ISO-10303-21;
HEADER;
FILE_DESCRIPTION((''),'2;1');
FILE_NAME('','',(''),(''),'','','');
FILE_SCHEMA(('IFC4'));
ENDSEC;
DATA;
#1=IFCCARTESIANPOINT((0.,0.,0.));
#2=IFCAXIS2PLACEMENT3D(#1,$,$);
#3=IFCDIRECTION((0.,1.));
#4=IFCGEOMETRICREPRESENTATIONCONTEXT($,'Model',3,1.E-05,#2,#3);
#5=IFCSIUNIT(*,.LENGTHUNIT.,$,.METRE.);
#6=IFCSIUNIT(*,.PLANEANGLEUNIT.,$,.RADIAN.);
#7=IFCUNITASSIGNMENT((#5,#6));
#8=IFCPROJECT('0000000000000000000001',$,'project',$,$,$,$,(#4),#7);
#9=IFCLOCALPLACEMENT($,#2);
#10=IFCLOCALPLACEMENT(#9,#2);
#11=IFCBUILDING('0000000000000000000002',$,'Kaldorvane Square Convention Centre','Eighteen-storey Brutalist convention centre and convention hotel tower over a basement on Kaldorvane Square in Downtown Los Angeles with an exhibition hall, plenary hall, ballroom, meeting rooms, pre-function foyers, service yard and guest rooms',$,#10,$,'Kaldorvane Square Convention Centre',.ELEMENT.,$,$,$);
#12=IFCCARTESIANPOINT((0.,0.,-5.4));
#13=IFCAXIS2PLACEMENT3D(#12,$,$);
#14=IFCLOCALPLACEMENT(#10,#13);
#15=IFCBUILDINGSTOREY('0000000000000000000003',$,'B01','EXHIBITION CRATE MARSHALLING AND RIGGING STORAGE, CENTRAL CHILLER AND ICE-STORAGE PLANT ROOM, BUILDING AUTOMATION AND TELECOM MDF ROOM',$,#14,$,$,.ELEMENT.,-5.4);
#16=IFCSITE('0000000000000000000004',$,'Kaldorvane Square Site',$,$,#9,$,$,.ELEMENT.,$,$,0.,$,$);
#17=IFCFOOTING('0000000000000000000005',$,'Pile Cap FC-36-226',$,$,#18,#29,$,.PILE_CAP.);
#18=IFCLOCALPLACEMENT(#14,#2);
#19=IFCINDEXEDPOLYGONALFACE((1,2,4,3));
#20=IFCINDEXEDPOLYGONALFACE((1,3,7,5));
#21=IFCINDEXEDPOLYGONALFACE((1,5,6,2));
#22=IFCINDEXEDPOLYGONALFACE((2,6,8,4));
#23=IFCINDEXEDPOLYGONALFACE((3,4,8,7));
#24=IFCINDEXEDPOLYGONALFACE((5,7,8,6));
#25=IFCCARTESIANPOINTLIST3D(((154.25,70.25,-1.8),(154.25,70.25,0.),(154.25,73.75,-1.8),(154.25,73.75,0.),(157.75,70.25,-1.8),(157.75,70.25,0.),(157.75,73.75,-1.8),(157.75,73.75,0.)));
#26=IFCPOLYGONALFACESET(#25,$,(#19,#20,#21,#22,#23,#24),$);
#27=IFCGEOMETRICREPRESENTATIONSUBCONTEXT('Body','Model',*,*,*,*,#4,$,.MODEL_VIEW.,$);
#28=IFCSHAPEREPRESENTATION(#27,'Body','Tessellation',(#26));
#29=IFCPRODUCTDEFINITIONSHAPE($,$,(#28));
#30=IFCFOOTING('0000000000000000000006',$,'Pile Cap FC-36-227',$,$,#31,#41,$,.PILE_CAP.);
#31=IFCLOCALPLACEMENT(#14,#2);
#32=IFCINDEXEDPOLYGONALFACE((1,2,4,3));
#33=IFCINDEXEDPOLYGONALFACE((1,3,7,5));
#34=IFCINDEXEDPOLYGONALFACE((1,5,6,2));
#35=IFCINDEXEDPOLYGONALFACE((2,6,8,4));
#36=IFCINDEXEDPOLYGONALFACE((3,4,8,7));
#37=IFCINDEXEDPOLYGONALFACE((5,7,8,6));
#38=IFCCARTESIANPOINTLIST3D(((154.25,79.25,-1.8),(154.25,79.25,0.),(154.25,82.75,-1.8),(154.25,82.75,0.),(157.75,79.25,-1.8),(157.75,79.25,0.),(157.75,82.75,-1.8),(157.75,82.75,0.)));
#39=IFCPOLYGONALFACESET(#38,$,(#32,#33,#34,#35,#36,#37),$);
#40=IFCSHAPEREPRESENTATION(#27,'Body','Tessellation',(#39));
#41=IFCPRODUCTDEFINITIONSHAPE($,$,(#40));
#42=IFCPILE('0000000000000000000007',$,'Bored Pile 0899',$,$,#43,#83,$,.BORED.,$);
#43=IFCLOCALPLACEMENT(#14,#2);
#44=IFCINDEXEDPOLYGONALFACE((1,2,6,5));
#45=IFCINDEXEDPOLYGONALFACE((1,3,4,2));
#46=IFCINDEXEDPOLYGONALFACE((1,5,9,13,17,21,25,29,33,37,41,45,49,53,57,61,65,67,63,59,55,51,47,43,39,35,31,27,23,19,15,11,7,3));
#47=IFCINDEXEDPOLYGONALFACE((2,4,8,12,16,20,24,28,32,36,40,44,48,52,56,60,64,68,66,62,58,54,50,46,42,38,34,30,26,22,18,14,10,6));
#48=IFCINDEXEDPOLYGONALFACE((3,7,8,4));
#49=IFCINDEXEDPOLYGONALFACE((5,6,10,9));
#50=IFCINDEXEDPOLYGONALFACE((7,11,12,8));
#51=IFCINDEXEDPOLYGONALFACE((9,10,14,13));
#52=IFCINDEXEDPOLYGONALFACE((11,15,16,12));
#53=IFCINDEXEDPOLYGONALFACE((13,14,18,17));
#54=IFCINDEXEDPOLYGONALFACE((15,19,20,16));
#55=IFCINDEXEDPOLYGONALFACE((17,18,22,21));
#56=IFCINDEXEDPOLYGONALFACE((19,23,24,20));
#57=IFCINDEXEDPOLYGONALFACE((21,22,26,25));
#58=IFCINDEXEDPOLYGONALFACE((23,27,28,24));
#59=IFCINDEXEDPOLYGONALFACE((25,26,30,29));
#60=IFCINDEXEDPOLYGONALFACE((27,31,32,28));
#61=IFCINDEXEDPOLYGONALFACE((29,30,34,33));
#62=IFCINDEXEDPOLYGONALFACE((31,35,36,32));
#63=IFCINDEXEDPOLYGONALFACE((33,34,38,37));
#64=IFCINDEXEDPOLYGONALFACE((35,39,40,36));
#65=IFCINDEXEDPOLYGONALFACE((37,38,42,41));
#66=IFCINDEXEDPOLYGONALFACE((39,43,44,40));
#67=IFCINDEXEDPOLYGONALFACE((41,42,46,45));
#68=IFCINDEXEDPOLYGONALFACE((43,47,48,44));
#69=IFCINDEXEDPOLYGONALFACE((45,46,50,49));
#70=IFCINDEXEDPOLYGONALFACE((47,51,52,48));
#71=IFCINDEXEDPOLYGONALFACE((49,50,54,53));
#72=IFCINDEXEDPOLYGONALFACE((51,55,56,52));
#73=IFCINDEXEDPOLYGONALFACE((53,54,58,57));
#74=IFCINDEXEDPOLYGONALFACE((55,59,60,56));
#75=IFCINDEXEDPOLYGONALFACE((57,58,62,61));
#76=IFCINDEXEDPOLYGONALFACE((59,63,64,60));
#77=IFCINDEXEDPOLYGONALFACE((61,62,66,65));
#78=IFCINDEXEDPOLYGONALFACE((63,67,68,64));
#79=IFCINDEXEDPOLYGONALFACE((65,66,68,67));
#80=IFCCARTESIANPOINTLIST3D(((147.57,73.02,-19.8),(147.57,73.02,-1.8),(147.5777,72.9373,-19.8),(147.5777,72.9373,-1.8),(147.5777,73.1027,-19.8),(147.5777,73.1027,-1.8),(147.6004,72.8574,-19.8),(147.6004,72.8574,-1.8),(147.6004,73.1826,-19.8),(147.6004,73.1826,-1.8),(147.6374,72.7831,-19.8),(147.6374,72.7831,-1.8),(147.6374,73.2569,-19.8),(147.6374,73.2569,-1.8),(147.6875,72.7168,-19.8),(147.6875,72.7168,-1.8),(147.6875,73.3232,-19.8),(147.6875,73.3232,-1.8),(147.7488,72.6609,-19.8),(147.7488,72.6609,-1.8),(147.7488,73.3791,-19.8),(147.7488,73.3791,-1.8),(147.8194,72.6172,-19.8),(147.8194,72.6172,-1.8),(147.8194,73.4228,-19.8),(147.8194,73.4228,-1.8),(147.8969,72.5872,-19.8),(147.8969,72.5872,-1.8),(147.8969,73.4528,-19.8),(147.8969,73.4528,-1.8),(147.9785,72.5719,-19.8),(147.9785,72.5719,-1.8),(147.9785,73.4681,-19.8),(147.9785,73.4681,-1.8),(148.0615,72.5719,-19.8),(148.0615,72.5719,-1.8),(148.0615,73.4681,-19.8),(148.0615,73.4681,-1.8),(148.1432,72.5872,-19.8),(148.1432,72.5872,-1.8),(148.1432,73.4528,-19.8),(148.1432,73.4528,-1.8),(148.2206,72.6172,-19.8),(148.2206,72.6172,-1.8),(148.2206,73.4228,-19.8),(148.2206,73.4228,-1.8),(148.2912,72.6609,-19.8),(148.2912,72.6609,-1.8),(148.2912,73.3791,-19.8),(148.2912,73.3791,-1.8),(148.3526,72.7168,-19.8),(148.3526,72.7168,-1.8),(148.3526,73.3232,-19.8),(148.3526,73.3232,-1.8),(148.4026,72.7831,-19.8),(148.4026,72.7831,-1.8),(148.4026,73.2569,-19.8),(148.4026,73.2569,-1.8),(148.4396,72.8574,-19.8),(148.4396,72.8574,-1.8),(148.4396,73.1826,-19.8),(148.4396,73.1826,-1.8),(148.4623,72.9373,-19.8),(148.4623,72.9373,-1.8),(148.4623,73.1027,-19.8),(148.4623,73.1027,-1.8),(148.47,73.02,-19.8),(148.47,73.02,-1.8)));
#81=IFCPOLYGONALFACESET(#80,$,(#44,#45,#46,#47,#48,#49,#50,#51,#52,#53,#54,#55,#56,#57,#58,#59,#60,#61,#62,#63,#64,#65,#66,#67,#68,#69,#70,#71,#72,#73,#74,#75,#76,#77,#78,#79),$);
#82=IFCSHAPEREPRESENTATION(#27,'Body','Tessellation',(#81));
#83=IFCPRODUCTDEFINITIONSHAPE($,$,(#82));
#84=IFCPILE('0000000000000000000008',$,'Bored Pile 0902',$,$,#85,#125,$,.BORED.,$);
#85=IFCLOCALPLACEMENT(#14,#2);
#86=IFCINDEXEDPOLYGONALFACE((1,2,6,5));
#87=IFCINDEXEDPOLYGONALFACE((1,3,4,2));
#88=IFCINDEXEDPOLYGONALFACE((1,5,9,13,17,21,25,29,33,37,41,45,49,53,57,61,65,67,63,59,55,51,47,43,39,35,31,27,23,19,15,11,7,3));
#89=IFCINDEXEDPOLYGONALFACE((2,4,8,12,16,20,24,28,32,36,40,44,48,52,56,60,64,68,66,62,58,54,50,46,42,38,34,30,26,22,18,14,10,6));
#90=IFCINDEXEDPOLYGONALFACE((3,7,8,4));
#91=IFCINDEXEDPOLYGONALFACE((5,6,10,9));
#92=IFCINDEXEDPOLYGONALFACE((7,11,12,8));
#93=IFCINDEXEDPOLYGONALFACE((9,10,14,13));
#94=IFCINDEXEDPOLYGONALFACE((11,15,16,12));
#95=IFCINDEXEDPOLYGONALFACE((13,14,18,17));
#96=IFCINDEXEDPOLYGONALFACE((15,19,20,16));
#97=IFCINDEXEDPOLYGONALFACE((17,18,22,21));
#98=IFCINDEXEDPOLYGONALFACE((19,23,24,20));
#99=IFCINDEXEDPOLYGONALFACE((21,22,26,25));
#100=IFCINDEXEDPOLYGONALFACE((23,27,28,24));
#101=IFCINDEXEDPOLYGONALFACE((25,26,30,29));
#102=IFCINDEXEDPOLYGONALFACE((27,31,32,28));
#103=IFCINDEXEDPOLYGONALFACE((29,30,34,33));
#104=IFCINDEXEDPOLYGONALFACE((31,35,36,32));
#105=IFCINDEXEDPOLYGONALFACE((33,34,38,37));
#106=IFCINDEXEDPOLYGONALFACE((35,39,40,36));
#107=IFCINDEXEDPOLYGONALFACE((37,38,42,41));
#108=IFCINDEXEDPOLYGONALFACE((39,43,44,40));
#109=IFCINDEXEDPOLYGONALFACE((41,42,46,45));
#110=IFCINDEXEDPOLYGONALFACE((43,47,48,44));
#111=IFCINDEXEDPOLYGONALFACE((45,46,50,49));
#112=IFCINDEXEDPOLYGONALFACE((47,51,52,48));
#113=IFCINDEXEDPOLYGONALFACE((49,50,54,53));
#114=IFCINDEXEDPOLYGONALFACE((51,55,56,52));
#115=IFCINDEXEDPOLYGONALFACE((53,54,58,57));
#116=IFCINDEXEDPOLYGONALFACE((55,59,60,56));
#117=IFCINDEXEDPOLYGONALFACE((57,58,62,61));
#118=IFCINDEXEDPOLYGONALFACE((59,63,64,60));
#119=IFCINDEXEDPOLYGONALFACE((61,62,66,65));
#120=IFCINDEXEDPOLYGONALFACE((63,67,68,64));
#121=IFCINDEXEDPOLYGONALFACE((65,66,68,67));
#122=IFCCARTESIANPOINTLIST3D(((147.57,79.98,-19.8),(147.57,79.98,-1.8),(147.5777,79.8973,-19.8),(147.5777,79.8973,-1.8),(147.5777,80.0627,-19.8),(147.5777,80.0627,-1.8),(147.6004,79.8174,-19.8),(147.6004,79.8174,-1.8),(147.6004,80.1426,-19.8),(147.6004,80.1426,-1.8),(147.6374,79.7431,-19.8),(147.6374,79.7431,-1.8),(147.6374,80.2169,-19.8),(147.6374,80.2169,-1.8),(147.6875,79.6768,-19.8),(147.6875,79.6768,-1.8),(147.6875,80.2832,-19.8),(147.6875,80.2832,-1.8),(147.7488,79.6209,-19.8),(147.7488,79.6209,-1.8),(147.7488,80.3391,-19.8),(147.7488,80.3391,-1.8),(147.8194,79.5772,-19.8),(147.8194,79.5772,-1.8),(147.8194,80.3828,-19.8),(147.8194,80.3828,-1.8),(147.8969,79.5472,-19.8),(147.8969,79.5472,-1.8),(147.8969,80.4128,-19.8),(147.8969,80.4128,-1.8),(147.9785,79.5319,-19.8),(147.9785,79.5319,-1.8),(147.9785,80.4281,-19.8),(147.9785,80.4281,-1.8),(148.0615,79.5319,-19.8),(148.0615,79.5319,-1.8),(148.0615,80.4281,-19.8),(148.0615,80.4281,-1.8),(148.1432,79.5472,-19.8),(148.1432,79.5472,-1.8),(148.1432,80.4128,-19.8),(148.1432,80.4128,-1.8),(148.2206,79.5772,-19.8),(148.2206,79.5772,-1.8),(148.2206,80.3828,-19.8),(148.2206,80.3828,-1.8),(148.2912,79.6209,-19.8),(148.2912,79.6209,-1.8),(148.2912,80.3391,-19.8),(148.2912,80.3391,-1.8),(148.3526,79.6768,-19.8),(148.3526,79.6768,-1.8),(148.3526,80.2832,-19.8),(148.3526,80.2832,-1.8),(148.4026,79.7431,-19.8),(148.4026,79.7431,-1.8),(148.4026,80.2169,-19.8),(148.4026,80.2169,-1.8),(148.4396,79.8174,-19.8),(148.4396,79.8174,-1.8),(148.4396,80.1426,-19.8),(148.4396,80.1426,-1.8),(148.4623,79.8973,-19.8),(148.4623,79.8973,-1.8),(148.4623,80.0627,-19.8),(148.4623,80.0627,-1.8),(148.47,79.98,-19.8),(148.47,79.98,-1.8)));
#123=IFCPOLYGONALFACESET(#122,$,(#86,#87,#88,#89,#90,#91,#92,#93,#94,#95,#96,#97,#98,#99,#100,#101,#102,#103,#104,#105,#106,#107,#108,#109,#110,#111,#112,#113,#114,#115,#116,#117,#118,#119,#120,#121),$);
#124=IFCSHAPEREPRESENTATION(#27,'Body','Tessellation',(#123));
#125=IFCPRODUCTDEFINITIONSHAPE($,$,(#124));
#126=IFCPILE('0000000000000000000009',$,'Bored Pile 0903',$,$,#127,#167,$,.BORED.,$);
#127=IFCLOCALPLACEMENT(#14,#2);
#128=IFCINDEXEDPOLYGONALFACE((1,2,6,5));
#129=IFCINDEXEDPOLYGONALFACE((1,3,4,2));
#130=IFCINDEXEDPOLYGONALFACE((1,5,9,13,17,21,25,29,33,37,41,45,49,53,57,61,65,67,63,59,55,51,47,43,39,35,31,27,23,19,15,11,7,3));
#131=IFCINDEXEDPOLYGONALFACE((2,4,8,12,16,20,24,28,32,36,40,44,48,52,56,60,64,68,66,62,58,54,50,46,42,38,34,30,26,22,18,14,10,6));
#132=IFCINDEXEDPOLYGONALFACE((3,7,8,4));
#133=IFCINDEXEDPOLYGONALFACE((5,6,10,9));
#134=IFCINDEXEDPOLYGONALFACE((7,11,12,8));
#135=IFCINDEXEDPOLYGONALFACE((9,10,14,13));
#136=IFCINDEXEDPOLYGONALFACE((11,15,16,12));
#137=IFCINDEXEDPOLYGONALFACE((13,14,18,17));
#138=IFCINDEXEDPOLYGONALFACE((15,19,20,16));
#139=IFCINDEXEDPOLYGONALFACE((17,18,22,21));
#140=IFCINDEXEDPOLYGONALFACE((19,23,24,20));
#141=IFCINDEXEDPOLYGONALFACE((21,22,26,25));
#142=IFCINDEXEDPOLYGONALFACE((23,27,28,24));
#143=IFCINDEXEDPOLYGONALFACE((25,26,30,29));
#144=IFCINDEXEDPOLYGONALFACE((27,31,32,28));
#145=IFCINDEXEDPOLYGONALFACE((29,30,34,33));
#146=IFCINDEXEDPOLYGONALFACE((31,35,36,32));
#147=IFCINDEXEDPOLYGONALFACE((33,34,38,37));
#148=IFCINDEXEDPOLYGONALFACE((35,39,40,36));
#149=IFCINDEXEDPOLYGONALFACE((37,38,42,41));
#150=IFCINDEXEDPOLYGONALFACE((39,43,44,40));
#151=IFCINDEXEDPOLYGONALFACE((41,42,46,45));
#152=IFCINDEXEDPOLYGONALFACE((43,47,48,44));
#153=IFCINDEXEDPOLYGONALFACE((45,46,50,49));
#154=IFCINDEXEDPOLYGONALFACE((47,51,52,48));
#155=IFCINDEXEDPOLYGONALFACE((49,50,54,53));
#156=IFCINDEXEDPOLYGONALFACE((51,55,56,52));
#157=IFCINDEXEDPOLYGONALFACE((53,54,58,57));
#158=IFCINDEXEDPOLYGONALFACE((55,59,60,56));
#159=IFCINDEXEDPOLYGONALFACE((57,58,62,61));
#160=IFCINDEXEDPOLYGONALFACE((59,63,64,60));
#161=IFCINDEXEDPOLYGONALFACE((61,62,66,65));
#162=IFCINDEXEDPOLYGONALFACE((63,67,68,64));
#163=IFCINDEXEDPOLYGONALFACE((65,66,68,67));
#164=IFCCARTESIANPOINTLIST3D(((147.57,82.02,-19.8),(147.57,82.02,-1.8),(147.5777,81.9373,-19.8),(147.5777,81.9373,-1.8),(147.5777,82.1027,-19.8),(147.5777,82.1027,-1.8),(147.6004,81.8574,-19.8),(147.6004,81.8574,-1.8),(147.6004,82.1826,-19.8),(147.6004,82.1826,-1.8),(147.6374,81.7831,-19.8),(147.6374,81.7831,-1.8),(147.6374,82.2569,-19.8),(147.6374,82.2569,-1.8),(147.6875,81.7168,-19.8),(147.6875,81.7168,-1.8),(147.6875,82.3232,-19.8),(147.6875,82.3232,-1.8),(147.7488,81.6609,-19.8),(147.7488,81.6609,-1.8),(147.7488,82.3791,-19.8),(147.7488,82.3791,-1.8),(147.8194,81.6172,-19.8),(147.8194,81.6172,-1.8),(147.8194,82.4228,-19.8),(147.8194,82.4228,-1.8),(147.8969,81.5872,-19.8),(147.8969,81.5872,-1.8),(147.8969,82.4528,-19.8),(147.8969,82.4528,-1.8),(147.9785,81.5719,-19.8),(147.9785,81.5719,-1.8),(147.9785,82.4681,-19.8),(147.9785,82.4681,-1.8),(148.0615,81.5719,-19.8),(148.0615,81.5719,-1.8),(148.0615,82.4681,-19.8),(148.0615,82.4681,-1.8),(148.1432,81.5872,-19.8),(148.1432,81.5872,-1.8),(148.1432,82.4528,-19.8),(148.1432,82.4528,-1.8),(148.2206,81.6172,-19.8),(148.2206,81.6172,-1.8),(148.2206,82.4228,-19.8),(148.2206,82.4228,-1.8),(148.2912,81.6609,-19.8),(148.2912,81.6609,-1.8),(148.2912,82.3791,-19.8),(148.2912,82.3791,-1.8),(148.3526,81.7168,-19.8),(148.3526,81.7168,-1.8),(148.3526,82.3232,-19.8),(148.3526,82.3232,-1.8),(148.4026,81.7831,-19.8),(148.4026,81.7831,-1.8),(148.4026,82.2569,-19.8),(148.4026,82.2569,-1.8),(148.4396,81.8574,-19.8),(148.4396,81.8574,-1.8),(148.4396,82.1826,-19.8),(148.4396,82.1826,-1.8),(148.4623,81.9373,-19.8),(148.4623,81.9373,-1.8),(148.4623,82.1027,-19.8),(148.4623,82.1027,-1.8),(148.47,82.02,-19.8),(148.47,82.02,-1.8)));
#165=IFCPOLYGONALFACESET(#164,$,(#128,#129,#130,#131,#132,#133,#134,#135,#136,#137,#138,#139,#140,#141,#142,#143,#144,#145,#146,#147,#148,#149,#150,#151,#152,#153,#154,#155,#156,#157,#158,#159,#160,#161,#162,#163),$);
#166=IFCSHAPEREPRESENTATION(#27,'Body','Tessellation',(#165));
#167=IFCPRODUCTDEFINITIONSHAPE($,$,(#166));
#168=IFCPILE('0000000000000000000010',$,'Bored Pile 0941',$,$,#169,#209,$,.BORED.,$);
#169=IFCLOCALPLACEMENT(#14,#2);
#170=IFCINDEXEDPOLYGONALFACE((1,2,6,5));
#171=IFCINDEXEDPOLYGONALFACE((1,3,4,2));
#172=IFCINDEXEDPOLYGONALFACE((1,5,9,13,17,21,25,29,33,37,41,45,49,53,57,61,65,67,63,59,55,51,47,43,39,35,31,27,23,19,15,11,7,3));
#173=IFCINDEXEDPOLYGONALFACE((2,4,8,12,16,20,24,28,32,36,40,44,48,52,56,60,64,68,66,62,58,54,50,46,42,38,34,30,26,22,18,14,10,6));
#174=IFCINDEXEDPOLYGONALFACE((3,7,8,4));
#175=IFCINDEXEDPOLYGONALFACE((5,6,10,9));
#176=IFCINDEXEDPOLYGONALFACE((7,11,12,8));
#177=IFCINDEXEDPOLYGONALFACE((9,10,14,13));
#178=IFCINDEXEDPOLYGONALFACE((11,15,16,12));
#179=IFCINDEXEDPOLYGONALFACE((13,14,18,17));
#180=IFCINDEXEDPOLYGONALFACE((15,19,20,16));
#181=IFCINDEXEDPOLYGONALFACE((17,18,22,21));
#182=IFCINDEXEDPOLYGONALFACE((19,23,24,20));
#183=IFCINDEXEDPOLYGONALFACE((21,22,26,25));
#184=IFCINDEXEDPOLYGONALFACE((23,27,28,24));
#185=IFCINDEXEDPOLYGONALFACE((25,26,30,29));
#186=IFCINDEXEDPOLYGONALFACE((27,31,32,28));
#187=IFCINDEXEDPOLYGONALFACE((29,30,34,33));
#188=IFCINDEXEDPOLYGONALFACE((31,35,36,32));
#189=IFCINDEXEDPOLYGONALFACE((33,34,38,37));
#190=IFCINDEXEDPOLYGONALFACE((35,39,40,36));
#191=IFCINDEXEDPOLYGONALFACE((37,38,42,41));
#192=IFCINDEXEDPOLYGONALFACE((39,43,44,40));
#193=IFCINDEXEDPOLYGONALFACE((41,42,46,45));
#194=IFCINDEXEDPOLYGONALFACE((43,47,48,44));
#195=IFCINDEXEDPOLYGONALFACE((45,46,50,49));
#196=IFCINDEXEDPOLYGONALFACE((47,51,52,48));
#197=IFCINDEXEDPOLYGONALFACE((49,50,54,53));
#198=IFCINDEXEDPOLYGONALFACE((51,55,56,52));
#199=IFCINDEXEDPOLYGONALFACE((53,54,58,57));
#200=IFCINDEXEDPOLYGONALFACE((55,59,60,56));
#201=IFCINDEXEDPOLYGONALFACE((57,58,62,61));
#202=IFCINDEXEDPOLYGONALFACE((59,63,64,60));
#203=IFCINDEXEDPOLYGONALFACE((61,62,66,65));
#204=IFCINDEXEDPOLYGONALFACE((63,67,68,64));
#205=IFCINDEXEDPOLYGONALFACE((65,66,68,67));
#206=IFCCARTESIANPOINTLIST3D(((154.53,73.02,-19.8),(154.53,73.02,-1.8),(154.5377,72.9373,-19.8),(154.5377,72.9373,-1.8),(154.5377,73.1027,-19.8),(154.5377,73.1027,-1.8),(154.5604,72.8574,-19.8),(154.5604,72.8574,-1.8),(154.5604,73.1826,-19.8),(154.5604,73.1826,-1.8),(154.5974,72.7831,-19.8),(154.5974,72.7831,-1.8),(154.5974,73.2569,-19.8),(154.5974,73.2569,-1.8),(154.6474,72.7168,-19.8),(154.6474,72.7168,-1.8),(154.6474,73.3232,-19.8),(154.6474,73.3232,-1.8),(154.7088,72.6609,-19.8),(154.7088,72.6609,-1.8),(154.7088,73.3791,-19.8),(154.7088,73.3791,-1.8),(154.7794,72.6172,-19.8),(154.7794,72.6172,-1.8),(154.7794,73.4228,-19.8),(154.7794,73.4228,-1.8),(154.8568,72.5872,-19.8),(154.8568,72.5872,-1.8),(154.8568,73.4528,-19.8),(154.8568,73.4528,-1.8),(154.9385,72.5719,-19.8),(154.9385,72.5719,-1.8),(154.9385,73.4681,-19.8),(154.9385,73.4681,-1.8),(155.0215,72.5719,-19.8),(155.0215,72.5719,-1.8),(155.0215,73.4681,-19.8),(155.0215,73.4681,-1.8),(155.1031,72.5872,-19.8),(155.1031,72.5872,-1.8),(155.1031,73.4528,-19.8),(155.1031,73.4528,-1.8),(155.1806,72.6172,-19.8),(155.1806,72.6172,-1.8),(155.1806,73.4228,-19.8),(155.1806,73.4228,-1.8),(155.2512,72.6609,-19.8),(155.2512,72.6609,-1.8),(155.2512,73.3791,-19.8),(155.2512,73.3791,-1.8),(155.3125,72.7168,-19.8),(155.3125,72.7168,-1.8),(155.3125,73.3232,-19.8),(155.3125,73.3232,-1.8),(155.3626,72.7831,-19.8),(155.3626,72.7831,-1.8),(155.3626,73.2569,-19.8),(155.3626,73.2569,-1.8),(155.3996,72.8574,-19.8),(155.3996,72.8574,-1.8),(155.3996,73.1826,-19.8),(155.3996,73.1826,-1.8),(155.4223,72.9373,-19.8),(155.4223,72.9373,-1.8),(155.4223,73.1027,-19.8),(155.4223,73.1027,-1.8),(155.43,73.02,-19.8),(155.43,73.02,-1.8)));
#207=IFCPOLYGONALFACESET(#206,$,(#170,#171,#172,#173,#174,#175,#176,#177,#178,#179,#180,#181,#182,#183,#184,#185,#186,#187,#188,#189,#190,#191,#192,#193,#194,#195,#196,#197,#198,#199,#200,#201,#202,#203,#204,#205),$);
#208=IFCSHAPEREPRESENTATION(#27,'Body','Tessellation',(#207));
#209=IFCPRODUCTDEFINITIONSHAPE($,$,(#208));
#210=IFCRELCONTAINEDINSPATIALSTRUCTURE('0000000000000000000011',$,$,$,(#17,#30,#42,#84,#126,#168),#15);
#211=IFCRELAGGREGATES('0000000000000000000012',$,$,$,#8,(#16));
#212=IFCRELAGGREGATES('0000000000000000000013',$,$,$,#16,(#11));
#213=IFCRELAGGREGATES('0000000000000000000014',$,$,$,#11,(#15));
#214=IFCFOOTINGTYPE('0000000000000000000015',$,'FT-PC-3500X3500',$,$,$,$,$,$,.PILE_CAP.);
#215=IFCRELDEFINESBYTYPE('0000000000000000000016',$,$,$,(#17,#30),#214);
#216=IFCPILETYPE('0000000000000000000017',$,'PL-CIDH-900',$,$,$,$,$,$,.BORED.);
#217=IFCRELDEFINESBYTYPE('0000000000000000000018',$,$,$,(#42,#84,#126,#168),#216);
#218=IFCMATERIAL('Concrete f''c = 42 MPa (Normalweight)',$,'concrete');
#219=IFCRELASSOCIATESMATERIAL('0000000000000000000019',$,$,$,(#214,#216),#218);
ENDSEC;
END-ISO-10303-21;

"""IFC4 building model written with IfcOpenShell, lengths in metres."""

from ifc_helpers import new_model, si_unit, direction, frame, origin, origin_2d, place, context, subcontext, project, spatial, rectangle, circle, extrude, material, material_profile, profile_set, type_object, element, save


model = new_model("IFC4")

# Units and contexts
model_context = context("Model", 3, precision=1e-05, world=origin(), true_north=direction((0.0, 1.0)))
body_context = subcontext(model_context, "Body", "Model", "MODEL_VIEW")
ifc_project = project(units=[si_unit("LENGTHUNIT", "METRE"), si_unit("PLANEANGLEUNIT", "RADIAN")], contexts=[model_context])

# Site, building, storey
site_placement = place(None, origin())
site = spatial("IfcSite", under=ifc_project, at=site_placement, Name="Kaldorvane Square Site", CompositionType="ELEMENT", RefElevation=0.0)
building_placement = place(site_placement, origin())
building = spatial("IfcBuilding", under=site, at=building_placement, Name="Kaldorvane Square Convention Centre", Description="Eighteen-storey Brutalist convention centre and convention hotel tower over a basement on Kaldorvane Square in Downtown Los Angeles with an exhibition hall, plenary hall, ballroom, meeting rooms, pre-function foyers, service yard and guest rooms", LongName="Kaldorvane Square Convention Centre", CompositionType="ELEMENT")
storey_placement = place(building_placement, frame((0.0, 0.0, -5.4)))
storey = spatial("IfcBuildingStorey", under=building, at=storey_placement, Name="B01", Description="EXHIBITION CRATE MARSHALLING AND RIGGING STORAGE, CENTRAL CHILLER AND ICE-STORAGE PLANT ROOM, BUILDING AUTOMATION AND TELECOM MDF ROOM", CompositionType="ELEMENT", Elevation=-5.4)

# Footings
ifc_material_1 = material(Name="Concrete f'c = 42 MPa (Normalweight)", Category="concrete")
footing_type = type_object("IfcFootingType", Name="FT-PC-3500X3500", PredefinedType="PILE_CAP", material=ifc_material_1)
for number, where, z_axis, x_axis, name in (
    (1, (156.0, 72.0, -1.8), (0.0, 0.0, 1.0), (1.0, 0.0, 0.0), "Pile Cap FC-36-226"),
    (2, (156.0, 81.0, -1.8), (0.0, 0.0, 1.0), (1.0, 0.0, 0.0), "Pile Cap FC-36-227"),
):
    element("IfcFooting", number, at=place(storey_placement, frame(where, z_axis=z_axis, x_axis=x_axis)), inside=storey, type_object=footing_type, Name=name, PredefinedType="PILE_CAP", context=body_context, shape_type="SweptSolid", body=[
        extrude(rectangle(XDim=3.5, YDim=3.5, at=origin_2d()), origin(), (0.0, 0.0, 1.0), 1.8),
    ])

# Piles
ifc_material_profile_1 = material_profile(ifc_material_1, circle(Radius=0.45, at=origin_2d()), Name="PILE-D900")
ifc_profile_set_1 = profile_set([ifc_material_profile_1], Name="Concrete f'c = 42 MPa (Normalweight)")
pile_type = type_object("IfcPileType", Name="PL-CIDH-900", PredefinedType="BORED", material=ifc_profile_set_1)
for number, where, z_axis, x_axis, name in (
    (3, (148.02, 73.02, -1.8), (0.0, 0.0, -1.0), (1.0, 0.0, 0.0), "Bored Pile 0899"),
    (4, (148.02, 79.98, -1.8), (0.0, 0.0, -1.0), (1.0, 0.0, 0.0), "Bored Pile 0902"),
    (5, (148.02, 82.02, -1.8), (0.0, 0.0, -1.0), (1.0, 0.0, 0.0), "Bored Pile 0903"),
    (6, (154.98, 73.02, -1.8), (0.0, 0.0, -1.0), (1.0, 0.0, 0.0), "Bored Pile 0941"),
):
    element("IfcPile", number, at=place(storey_placement, frame(where, z_axis=z_axis, x_axis=x_axis)), inside=storey, type_object=pile_type, Name=name, PredefinedType="BORED", context=body_context, shape_type="SweptSolid", body=[
        extrude(circle(Radius=0.45, at=origin_2d()), origin(), (0.0, 0.0, 1.0), 18.0),
    ])

save(model, "model.ifc")
